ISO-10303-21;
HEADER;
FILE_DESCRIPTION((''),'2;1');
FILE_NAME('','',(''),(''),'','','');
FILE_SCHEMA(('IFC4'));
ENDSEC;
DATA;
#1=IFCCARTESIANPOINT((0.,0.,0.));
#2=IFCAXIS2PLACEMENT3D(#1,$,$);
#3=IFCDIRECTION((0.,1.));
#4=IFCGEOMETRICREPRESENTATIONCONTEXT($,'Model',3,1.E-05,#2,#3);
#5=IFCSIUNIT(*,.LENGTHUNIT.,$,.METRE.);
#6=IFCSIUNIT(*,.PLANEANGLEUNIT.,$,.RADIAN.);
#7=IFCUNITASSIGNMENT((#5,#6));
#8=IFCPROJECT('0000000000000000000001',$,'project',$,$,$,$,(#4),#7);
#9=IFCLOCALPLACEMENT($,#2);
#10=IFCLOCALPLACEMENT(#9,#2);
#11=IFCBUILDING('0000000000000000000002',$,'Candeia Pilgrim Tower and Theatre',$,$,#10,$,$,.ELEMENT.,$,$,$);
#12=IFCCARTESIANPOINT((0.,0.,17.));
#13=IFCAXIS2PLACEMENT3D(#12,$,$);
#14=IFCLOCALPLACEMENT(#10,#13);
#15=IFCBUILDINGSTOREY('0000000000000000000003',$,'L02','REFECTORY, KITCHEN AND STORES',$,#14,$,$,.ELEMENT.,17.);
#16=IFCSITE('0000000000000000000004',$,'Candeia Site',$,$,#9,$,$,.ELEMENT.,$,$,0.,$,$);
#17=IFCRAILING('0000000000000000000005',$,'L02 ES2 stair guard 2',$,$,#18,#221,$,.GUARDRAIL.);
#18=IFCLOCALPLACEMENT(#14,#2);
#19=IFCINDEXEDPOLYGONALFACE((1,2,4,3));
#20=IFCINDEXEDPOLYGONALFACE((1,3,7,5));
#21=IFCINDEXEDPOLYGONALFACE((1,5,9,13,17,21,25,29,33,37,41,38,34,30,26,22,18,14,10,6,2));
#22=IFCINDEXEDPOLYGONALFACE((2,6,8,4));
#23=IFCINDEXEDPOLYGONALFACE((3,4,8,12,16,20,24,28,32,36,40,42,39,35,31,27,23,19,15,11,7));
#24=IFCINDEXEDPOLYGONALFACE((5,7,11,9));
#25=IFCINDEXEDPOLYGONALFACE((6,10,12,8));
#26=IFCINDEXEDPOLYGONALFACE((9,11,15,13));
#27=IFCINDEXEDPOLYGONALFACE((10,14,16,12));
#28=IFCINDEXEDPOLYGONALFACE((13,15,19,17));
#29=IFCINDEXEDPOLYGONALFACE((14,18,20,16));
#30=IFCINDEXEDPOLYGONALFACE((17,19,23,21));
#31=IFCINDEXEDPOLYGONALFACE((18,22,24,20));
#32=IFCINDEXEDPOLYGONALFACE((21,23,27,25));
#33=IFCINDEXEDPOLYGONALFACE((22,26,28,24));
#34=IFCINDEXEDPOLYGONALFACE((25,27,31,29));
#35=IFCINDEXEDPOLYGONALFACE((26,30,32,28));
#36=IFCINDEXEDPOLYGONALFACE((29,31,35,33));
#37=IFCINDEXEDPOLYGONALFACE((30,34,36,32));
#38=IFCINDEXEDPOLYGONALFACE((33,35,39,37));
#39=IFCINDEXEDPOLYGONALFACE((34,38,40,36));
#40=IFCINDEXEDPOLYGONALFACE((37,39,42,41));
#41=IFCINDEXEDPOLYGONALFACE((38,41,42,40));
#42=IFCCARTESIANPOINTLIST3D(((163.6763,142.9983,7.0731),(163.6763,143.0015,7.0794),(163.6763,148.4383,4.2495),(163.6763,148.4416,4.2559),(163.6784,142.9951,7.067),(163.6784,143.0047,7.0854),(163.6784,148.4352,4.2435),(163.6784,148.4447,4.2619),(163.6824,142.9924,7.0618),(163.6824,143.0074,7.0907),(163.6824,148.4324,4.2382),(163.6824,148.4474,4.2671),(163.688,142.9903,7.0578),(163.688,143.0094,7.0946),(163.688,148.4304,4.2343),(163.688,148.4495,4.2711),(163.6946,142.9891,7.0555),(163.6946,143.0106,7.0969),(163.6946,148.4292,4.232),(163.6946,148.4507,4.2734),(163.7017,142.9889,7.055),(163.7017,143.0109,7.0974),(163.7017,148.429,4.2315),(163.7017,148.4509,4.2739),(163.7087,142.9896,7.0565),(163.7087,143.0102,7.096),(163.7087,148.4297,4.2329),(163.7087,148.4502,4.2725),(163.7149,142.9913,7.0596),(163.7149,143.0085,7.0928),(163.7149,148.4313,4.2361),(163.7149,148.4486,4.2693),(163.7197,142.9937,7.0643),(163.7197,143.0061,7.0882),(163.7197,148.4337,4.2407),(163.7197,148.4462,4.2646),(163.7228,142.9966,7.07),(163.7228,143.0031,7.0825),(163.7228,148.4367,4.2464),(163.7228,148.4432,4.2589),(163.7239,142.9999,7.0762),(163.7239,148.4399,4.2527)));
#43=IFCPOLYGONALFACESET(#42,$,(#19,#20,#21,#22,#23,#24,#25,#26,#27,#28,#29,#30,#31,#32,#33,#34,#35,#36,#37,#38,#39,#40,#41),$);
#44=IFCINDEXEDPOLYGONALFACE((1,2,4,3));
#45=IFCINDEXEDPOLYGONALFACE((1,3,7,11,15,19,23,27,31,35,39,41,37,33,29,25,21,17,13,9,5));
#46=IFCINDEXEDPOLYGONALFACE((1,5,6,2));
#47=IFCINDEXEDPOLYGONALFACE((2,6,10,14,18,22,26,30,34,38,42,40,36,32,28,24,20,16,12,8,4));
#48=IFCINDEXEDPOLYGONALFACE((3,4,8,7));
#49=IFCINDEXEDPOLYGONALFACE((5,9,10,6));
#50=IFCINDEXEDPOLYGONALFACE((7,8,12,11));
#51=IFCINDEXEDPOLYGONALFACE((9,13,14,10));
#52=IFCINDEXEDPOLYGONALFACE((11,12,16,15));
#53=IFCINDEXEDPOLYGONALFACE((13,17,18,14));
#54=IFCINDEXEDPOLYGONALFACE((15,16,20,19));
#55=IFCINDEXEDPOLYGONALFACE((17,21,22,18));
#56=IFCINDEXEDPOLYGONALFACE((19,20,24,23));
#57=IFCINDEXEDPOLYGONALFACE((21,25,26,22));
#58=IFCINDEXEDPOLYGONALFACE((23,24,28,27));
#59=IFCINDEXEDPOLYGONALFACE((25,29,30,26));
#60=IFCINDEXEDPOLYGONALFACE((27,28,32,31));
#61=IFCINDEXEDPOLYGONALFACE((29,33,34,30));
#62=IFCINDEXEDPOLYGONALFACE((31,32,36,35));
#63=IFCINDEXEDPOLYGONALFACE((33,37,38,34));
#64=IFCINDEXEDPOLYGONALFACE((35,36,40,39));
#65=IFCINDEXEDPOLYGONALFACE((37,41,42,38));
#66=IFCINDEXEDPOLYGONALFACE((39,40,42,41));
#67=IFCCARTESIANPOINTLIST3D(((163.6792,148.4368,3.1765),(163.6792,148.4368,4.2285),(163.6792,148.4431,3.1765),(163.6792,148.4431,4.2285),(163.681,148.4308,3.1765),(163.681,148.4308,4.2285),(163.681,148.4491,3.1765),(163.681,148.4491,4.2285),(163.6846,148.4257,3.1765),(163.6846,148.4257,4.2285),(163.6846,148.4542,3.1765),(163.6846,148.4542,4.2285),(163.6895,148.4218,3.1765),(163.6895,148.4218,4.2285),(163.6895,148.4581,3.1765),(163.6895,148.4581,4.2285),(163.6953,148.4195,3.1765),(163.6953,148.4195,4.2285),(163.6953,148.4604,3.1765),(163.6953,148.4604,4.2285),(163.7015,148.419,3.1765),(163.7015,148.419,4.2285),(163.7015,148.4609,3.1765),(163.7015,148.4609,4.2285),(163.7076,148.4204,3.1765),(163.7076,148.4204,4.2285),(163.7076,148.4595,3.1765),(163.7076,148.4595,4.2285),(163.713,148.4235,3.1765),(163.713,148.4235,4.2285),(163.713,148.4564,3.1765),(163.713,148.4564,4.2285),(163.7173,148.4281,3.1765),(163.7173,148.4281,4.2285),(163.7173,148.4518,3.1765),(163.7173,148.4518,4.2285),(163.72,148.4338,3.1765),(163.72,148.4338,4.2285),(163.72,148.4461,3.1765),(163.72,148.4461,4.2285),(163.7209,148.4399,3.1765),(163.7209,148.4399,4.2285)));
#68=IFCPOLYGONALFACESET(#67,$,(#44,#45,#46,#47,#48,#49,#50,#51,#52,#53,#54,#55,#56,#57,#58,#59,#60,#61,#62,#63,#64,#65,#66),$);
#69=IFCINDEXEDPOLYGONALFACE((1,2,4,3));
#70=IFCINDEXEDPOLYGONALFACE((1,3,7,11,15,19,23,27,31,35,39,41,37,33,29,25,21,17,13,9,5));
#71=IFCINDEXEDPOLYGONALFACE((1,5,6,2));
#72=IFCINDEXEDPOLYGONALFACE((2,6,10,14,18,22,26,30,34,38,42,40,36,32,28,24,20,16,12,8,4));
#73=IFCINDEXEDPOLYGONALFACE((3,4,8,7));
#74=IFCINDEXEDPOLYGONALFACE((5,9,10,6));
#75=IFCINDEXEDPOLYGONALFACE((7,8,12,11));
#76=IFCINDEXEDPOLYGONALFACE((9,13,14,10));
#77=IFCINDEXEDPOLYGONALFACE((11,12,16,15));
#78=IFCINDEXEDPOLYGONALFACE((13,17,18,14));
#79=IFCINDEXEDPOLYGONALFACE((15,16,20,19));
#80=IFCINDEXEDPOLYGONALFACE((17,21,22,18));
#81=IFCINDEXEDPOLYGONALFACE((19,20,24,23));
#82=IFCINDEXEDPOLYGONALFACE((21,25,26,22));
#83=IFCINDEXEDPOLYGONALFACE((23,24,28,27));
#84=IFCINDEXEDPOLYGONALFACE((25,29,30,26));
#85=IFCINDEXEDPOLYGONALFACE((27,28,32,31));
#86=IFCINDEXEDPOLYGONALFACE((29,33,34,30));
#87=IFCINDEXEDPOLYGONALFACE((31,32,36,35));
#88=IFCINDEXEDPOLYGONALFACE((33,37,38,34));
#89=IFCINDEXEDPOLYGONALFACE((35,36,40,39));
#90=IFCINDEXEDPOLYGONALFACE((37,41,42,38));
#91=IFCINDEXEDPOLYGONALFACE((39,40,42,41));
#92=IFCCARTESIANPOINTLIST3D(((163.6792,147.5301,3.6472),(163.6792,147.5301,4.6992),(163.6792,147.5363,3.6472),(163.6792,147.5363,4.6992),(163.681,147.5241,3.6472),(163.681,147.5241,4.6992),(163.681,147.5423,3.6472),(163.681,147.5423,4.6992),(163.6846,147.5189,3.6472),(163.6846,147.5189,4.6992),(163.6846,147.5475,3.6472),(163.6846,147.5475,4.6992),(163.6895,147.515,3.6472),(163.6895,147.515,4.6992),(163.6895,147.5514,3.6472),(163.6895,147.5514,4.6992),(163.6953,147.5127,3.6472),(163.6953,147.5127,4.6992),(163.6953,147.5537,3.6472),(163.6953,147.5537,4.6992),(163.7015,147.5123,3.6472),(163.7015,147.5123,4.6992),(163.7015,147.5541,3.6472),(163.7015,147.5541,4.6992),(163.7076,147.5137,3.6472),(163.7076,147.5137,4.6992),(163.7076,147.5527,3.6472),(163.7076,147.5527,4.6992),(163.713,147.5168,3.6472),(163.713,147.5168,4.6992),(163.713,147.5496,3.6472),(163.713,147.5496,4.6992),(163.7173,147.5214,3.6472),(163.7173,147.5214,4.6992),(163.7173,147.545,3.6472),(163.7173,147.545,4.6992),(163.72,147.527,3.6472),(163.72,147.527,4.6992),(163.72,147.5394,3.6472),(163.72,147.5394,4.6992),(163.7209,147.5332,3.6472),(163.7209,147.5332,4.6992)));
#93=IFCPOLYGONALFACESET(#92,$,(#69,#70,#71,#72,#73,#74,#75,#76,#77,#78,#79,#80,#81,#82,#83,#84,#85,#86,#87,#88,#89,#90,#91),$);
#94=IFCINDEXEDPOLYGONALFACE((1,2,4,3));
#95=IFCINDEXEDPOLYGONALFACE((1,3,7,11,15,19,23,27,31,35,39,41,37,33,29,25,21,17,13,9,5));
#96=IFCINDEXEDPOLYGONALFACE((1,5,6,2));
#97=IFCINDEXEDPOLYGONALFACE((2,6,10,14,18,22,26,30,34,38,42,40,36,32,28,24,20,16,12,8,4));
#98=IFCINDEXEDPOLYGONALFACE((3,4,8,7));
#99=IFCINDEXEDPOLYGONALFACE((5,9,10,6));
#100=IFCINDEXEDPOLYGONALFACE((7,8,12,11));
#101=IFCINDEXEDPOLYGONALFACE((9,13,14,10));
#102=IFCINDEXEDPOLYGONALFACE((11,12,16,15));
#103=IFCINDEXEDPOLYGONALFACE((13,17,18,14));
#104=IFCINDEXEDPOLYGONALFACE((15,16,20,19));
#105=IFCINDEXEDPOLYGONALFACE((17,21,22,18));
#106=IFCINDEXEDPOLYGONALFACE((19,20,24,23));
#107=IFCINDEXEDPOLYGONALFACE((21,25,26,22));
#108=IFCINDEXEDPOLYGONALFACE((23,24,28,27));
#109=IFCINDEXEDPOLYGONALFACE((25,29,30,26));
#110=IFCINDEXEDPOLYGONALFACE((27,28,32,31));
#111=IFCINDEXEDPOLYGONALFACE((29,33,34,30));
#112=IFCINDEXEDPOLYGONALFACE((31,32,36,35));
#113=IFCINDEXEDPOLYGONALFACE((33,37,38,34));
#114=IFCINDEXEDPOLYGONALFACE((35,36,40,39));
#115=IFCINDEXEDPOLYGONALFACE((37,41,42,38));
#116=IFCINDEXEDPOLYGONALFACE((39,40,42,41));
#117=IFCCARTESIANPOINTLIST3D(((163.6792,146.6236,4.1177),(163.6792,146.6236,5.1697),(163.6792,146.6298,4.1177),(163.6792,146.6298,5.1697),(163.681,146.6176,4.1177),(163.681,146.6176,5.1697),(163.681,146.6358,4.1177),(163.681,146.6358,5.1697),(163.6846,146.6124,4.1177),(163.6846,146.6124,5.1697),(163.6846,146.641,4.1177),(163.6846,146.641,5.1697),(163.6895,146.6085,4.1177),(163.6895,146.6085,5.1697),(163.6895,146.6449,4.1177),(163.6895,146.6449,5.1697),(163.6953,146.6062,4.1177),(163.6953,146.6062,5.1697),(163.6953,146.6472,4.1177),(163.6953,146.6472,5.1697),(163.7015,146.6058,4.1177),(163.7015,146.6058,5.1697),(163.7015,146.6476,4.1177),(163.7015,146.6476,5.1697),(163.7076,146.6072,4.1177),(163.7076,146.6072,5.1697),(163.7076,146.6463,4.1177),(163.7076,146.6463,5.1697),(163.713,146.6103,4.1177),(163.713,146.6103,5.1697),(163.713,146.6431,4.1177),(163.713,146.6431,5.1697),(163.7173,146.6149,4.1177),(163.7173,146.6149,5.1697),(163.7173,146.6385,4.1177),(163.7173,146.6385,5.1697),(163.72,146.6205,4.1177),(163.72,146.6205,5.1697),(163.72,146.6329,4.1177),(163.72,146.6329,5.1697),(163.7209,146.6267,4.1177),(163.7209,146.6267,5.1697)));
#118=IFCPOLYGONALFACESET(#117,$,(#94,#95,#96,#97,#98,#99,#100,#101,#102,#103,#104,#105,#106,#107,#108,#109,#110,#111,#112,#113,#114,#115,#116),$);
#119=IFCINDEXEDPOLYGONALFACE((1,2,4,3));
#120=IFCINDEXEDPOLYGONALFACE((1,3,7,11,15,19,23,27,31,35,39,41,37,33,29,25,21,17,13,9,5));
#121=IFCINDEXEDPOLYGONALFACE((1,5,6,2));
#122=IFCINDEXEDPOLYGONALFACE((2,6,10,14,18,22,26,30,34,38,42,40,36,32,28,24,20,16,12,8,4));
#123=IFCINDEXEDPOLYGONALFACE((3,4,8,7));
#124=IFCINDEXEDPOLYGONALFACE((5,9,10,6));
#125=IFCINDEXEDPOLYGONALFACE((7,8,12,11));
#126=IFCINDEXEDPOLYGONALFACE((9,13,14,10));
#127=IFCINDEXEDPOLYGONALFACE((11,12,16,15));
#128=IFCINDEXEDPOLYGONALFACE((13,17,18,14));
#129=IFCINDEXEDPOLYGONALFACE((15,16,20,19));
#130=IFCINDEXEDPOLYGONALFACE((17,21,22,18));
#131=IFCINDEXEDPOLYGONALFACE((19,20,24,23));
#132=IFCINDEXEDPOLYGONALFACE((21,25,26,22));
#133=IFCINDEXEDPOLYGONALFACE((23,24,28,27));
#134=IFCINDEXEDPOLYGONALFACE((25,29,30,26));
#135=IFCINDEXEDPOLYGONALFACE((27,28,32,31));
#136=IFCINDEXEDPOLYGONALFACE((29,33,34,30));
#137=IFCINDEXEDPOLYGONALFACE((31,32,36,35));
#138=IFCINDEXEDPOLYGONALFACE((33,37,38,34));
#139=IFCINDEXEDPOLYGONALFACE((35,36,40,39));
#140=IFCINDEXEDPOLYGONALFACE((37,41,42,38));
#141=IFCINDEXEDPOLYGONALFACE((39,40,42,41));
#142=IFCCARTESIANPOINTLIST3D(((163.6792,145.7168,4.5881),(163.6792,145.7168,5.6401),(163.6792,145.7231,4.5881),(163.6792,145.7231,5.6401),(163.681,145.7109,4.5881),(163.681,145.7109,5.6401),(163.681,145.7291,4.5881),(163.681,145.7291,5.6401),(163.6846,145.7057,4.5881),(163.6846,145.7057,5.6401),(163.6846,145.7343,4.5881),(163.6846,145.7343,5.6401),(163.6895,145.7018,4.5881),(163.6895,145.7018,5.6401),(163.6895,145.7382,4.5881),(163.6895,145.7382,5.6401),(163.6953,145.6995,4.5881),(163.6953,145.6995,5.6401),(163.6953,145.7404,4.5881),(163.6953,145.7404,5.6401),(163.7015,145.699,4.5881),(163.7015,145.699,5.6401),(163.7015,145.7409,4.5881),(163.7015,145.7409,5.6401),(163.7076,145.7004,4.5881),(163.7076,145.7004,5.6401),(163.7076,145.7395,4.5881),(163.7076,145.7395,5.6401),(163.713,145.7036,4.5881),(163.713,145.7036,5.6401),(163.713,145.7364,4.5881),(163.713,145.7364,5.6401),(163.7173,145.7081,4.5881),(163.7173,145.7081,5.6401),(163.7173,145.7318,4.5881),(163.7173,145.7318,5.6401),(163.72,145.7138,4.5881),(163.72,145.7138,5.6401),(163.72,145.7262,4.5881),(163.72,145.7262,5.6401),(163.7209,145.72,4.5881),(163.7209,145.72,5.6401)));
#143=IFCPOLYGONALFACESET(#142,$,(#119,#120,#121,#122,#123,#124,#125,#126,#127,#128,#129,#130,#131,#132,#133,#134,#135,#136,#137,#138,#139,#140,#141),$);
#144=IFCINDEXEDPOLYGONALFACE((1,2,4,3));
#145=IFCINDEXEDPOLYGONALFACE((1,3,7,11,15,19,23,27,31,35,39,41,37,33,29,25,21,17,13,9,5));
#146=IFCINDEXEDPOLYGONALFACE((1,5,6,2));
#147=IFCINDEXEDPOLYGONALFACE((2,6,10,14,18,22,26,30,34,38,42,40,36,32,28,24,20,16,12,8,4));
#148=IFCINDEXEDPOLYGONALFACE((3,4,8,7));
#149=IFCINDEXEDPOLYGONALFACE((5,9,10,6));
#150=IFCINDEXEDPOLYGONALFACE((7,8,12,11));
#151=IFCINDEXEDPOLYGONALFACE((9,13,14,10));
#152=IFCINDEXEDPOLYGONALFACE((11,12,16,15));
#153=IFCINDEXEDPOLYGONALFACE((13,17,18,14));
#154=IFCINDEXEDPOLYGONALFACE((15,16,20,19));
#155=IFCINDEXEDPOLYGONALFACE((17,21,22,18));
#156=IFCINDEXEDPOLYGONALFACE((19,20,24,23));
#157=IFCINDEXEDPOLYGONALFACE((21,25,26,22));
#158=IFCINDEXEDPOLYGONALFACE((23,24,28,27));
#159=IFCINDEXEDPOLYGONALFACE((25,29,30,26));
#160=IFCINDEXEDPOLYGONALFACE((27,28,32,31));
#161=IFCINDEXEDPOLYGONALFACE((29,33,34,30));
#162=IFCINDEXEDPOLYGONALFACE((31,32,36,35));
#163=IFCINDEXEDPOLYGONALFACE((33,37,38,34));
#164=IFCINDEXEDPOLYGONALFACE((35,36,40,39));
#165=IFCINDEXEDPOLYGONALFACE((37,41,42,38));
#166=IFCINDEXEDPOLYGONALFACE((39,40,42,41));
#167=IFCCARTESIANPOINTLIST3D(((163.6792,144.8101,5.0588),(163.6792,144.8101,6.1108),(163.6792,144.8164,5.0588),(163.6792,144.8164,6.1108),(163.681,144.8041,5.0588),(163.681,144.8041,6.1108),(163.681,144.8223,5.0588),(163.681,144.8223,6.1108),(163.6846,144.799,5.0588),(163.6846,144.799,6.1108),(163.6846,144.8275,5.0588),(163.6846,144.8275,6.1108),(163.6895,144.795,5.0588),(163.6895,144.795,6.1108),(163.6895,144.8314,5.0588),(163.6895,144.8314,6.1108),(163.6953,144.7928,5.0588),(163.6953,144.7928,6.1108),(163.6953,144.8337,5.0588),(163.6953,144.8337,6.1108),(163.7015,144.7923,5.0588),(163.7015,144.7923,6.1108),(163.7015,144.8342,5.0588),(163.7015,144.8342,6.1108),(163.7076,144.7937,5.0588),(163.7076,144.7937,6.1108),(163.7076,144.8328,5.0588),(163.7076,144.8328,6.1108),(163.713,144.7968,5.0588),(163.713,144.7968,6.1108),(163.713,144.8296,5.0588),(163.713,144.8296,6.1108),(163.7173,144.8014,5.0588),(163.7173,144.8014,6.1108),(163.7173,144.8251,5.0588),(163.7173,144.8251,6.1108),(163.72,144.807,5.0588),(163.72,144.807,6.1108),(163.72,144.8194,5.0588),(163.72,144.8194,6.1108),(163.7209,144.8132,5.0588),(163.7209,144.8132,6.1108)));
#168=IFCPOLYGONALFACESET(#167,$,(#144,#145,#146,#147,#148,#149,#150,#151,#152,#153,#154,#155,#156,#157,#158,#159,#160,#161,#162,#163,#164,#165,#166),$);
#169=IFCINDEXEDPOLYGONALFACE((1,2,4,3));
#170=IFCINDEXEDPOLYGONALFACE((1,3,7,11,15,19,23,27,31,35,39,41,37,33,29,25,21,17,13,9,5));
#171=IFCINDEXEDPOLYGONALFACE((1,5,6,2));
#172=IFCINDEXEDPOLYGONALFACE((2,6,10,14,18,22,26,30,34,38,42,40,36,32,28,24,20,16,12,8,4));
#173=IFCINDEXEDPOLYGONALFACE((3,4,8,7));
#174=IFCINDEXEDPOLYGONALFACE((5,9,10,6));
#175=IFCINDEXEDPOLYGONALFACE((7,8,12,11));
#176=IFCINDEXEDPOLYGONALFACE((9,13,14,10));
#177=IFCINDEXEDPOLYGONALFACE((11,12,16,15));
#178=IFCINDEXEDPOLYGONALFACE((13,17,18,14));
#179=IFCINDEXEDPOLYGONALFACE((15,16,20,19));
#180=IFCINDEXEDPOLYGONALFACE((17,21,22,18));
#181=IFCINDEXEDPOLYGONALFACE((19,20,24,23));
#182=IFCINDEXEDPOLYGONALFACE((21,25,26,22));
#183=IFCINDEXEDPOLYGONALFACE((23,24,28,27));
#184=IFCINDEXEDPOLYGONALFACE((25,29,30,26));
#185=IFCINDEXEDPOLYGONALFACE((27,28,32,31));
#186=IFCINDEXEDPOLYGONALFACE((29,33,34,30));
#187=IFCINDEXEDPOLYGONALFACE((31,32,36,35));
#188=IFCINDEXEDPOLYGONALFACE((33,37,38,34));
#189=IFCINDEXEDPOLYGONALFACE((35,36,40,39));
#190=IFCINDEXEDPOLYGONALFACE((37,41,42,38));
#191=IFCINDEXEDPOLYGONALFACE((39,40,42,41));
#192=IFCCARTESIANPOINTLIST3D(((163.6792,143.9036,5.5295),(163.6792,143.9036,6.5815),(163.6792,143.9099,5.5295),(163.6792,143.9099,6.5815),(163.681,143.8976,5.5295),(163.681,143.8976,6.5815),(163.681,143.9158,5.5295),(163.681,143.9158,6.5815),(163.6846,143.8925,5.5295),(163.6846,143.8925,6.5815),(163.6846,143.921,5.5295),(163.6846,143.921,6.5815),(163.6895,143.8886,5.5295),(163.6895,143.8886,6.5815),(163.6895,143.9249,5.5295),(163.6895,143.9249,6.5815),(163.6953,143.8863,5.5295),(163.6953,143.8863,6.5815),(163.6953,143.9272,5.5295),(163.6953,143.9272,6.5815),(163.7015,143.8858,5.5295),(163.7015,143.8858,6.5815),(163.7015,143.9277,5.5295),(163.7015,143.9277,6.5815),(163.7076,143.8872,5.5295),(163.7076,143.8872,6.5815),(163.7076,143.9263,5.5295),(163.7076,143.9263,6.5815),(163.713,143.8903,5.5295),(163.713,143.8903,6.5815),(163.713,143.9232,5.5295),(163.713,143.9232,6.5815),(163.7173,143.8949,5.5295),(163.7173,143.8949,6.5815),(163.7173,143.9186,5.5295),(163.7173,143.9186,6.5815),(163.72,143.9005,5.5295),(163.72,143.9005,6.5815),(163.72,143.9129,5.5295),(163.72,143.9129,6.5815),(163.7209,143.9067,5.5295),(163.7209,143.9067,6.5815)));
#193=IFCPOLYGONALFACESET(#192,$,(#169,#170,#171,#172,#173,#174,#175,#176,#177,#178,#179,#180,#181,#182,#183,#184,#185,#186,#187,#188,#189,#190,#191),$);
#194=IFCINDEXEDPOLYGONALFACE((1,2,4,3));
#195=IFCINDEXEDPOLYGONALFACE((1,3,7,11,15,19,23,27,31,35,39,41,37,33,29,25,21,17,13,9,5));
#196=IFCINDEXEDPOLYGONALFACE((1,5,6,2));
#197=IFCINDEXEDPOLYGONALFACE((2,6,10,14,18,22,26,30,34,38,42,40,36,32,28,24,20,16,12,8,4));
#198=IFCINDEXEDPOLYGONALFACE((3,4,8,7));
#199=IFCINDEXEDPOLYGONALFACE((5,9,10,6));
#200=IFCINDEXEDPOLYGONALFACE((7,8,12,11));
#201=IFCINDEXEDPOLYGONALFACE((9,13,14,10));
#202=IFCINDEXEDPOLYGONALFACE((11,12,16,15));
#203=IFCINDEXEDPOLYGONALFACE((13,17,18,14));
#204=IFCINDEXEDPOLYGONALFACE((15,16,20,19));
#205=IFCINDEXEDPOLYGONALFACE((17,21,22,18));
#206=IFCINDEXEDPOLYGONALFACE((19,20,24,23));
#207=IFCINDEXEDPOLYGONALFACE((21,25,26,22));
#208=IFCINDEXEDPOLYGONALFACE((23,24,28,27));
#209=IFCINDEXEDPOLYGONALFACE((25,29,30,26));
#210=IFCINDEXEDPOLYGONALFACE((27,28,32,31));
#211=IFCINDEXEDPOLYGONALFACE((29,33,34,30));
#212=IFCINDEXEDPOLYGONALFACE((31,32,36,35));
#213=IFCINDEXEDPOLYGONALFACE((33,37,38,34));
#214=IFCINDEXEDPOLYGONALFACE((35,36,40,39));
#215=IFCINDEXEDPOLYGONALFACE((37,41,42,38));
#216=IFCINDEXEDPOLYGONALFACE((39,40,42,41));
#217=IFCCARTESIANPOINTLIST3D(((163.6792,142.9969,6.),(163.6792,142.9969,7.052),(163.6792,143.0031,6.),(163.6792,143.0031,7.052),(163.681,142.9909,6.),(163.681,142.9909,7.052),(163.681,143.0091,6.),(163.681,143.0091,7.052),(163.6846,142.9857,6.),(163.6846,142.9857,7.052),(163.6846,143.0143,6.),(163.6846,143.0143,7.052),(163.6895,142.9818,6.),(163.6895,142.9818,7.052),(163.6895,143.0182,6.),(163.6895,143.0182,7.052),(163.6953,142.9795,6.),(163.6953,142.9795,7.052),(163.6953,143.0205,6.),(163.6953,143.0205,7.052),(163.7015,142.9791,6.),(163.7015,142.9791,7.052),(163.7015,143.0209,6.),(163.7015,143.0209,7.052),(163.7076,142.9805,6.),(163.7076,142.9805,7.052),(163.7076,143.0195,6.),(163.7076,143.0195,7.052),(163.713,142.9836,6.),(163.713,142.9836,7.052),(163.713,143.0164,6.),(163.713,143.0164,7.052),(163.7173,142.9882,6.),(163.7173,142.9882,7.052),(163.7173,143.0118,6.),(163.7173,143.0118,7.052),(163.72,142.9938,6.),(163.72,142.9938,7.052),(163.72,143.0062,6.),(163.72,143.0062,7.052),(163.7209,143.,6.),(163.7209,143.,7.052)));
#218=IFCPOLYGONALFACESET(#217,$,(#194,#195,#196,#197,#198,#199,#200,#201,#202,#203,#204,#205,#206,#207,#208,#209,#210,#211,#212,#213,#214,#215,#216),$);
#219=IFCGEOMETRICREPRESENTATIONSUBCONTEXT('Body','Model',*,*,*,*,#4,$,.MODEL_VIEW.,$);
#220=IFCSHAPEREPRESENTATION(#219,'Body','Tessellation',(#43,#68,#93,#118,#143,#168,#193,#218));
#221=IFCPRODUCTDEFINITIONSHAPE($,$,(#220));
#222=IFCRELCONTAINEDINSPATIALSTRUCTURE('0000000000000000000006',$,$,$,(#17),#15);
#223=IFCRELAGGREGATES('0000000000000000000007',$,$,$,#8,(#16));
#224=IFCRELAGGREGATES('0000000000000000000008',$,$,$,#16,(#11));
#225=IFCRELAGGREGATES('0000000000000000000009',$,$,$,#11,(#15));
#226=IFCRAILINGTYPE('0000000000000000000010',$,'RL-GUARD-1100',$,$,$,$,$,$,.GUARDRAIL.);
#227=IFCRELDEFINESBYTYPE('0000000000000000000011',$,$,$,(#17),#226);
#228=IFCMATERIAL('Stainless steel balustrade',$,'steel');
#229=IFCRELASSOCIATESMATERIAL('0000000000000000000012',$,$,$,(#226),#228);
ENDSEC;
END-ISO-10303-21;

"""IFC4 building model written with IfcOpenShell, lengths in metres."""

from ifc_helpers import new_model, si_unit, direction, frame, origin, origin_2d, place, context, subcontext, project, spatial, circle, extrude, material, type_object, element, save


model = new_model("IFC4")

# Units and contexts
model_context = context("Model", 3, precision=1e-05, world=origin(), true_north=direction((0.0, 1.0)))
body_context = subcontext(model_context, "Body", "Model", "MODEL_VIEW")
ifc_project = project(units=[si_unit("LENGTHUNIT", "METRE"), si_unit("PLANEANGLEUNIT", "RADIAN")], contexts=[model_context])

# Site, building, storey
site_placement = place(None, origin())
site = spatial("IfcSite", under=ifc_project, at=site_placement, Name="Candeia Site", CompositionType="ELEMENT", RefElevation=0.0)
building_placement = place(site_placement, origin())
building = spatial("IfcBuilding", under=site, at=building_placement, Name="Candeia Pilgrim Tower and Theatre", CompositionType="ELEMENT")
storey_placement = place(building_placement, frame((0.0, 0.0, 17.0)))
storey = spatial("IfcBuildingStorey", under=building, at=storey_placement, Name="L02", Description="REFECTORY, KITCHEN AND STORES", CompositionType="ELEMENT", Elevation=17.0)

# Railing
ifc_material_1 = material(Name="Stainless steel balustrade", Category="steel")
railing_type_1 = type_object("IfcRailingType", Name="RL-GUARD-1100", PredefinedType="GUARDRAIL", material=ifc_material_1)
railing_1_placement = place(storey_placement, frame((163.7, 148.4399, 3.1765)))
element("IfcRailing", 1, at=railing_1_placement, inside=storey, type_object=railing_type_1, Name="L02 ES2 stair guard 2", PredefinedType="GUARDRAIL", context=body_context, shape_type="SweptSolid", body=[
    extrude(circle(Radius=0.0239, at=origin_2d()), frame((0.0, 0.0, 1.0762), z_axis=(0.0, -0.887569, 0.460674), x_axis=(1.0, 0.0, 0.0)), (0.0, 0.0, 1.0), 6.1292),
    extrude(circle(Radius=0.021, at=origin_2d()), origin(), (0.0, 0.0, 1.0), 1.052),
    extrude(circle(Radius=0.021, at=origin_2d()), frame((0.0, -0.9067, 0.4707)), (0.0, 0.0, 1.0), 1.052),
    extrude(circle(Radius=0.021, at=origin_2d()), frame((0.0, -1.8132, 0.9412)), (0.0, 0.0, 1.0), 1.052),
    extrude(circle(Radius=0.021, at=origin_2d()), frame((0.0, -2.72, 1.4116)), (0.0, 0.0, 1.0), 1.052),
    extrude(circle(Radius=0.021, at=origin_2d()), frame((0.0, -3.6267, 1.8823)), (0.0, 0.0, 1.0), 1.052),
    extrude(circle(Radius=0.021, at=origin_2d()), frame((0.0, -4.5332, 2.353)), (0.0, 0.0, 1.0), 1.052),
    extrude(circle(Radius=0.021, at=origin_2d()), frame((0.0, -5.4399, 2.8235)), (0.0, 0.0, 1.0), 1.052),
])

save(model, "model.ifc")
